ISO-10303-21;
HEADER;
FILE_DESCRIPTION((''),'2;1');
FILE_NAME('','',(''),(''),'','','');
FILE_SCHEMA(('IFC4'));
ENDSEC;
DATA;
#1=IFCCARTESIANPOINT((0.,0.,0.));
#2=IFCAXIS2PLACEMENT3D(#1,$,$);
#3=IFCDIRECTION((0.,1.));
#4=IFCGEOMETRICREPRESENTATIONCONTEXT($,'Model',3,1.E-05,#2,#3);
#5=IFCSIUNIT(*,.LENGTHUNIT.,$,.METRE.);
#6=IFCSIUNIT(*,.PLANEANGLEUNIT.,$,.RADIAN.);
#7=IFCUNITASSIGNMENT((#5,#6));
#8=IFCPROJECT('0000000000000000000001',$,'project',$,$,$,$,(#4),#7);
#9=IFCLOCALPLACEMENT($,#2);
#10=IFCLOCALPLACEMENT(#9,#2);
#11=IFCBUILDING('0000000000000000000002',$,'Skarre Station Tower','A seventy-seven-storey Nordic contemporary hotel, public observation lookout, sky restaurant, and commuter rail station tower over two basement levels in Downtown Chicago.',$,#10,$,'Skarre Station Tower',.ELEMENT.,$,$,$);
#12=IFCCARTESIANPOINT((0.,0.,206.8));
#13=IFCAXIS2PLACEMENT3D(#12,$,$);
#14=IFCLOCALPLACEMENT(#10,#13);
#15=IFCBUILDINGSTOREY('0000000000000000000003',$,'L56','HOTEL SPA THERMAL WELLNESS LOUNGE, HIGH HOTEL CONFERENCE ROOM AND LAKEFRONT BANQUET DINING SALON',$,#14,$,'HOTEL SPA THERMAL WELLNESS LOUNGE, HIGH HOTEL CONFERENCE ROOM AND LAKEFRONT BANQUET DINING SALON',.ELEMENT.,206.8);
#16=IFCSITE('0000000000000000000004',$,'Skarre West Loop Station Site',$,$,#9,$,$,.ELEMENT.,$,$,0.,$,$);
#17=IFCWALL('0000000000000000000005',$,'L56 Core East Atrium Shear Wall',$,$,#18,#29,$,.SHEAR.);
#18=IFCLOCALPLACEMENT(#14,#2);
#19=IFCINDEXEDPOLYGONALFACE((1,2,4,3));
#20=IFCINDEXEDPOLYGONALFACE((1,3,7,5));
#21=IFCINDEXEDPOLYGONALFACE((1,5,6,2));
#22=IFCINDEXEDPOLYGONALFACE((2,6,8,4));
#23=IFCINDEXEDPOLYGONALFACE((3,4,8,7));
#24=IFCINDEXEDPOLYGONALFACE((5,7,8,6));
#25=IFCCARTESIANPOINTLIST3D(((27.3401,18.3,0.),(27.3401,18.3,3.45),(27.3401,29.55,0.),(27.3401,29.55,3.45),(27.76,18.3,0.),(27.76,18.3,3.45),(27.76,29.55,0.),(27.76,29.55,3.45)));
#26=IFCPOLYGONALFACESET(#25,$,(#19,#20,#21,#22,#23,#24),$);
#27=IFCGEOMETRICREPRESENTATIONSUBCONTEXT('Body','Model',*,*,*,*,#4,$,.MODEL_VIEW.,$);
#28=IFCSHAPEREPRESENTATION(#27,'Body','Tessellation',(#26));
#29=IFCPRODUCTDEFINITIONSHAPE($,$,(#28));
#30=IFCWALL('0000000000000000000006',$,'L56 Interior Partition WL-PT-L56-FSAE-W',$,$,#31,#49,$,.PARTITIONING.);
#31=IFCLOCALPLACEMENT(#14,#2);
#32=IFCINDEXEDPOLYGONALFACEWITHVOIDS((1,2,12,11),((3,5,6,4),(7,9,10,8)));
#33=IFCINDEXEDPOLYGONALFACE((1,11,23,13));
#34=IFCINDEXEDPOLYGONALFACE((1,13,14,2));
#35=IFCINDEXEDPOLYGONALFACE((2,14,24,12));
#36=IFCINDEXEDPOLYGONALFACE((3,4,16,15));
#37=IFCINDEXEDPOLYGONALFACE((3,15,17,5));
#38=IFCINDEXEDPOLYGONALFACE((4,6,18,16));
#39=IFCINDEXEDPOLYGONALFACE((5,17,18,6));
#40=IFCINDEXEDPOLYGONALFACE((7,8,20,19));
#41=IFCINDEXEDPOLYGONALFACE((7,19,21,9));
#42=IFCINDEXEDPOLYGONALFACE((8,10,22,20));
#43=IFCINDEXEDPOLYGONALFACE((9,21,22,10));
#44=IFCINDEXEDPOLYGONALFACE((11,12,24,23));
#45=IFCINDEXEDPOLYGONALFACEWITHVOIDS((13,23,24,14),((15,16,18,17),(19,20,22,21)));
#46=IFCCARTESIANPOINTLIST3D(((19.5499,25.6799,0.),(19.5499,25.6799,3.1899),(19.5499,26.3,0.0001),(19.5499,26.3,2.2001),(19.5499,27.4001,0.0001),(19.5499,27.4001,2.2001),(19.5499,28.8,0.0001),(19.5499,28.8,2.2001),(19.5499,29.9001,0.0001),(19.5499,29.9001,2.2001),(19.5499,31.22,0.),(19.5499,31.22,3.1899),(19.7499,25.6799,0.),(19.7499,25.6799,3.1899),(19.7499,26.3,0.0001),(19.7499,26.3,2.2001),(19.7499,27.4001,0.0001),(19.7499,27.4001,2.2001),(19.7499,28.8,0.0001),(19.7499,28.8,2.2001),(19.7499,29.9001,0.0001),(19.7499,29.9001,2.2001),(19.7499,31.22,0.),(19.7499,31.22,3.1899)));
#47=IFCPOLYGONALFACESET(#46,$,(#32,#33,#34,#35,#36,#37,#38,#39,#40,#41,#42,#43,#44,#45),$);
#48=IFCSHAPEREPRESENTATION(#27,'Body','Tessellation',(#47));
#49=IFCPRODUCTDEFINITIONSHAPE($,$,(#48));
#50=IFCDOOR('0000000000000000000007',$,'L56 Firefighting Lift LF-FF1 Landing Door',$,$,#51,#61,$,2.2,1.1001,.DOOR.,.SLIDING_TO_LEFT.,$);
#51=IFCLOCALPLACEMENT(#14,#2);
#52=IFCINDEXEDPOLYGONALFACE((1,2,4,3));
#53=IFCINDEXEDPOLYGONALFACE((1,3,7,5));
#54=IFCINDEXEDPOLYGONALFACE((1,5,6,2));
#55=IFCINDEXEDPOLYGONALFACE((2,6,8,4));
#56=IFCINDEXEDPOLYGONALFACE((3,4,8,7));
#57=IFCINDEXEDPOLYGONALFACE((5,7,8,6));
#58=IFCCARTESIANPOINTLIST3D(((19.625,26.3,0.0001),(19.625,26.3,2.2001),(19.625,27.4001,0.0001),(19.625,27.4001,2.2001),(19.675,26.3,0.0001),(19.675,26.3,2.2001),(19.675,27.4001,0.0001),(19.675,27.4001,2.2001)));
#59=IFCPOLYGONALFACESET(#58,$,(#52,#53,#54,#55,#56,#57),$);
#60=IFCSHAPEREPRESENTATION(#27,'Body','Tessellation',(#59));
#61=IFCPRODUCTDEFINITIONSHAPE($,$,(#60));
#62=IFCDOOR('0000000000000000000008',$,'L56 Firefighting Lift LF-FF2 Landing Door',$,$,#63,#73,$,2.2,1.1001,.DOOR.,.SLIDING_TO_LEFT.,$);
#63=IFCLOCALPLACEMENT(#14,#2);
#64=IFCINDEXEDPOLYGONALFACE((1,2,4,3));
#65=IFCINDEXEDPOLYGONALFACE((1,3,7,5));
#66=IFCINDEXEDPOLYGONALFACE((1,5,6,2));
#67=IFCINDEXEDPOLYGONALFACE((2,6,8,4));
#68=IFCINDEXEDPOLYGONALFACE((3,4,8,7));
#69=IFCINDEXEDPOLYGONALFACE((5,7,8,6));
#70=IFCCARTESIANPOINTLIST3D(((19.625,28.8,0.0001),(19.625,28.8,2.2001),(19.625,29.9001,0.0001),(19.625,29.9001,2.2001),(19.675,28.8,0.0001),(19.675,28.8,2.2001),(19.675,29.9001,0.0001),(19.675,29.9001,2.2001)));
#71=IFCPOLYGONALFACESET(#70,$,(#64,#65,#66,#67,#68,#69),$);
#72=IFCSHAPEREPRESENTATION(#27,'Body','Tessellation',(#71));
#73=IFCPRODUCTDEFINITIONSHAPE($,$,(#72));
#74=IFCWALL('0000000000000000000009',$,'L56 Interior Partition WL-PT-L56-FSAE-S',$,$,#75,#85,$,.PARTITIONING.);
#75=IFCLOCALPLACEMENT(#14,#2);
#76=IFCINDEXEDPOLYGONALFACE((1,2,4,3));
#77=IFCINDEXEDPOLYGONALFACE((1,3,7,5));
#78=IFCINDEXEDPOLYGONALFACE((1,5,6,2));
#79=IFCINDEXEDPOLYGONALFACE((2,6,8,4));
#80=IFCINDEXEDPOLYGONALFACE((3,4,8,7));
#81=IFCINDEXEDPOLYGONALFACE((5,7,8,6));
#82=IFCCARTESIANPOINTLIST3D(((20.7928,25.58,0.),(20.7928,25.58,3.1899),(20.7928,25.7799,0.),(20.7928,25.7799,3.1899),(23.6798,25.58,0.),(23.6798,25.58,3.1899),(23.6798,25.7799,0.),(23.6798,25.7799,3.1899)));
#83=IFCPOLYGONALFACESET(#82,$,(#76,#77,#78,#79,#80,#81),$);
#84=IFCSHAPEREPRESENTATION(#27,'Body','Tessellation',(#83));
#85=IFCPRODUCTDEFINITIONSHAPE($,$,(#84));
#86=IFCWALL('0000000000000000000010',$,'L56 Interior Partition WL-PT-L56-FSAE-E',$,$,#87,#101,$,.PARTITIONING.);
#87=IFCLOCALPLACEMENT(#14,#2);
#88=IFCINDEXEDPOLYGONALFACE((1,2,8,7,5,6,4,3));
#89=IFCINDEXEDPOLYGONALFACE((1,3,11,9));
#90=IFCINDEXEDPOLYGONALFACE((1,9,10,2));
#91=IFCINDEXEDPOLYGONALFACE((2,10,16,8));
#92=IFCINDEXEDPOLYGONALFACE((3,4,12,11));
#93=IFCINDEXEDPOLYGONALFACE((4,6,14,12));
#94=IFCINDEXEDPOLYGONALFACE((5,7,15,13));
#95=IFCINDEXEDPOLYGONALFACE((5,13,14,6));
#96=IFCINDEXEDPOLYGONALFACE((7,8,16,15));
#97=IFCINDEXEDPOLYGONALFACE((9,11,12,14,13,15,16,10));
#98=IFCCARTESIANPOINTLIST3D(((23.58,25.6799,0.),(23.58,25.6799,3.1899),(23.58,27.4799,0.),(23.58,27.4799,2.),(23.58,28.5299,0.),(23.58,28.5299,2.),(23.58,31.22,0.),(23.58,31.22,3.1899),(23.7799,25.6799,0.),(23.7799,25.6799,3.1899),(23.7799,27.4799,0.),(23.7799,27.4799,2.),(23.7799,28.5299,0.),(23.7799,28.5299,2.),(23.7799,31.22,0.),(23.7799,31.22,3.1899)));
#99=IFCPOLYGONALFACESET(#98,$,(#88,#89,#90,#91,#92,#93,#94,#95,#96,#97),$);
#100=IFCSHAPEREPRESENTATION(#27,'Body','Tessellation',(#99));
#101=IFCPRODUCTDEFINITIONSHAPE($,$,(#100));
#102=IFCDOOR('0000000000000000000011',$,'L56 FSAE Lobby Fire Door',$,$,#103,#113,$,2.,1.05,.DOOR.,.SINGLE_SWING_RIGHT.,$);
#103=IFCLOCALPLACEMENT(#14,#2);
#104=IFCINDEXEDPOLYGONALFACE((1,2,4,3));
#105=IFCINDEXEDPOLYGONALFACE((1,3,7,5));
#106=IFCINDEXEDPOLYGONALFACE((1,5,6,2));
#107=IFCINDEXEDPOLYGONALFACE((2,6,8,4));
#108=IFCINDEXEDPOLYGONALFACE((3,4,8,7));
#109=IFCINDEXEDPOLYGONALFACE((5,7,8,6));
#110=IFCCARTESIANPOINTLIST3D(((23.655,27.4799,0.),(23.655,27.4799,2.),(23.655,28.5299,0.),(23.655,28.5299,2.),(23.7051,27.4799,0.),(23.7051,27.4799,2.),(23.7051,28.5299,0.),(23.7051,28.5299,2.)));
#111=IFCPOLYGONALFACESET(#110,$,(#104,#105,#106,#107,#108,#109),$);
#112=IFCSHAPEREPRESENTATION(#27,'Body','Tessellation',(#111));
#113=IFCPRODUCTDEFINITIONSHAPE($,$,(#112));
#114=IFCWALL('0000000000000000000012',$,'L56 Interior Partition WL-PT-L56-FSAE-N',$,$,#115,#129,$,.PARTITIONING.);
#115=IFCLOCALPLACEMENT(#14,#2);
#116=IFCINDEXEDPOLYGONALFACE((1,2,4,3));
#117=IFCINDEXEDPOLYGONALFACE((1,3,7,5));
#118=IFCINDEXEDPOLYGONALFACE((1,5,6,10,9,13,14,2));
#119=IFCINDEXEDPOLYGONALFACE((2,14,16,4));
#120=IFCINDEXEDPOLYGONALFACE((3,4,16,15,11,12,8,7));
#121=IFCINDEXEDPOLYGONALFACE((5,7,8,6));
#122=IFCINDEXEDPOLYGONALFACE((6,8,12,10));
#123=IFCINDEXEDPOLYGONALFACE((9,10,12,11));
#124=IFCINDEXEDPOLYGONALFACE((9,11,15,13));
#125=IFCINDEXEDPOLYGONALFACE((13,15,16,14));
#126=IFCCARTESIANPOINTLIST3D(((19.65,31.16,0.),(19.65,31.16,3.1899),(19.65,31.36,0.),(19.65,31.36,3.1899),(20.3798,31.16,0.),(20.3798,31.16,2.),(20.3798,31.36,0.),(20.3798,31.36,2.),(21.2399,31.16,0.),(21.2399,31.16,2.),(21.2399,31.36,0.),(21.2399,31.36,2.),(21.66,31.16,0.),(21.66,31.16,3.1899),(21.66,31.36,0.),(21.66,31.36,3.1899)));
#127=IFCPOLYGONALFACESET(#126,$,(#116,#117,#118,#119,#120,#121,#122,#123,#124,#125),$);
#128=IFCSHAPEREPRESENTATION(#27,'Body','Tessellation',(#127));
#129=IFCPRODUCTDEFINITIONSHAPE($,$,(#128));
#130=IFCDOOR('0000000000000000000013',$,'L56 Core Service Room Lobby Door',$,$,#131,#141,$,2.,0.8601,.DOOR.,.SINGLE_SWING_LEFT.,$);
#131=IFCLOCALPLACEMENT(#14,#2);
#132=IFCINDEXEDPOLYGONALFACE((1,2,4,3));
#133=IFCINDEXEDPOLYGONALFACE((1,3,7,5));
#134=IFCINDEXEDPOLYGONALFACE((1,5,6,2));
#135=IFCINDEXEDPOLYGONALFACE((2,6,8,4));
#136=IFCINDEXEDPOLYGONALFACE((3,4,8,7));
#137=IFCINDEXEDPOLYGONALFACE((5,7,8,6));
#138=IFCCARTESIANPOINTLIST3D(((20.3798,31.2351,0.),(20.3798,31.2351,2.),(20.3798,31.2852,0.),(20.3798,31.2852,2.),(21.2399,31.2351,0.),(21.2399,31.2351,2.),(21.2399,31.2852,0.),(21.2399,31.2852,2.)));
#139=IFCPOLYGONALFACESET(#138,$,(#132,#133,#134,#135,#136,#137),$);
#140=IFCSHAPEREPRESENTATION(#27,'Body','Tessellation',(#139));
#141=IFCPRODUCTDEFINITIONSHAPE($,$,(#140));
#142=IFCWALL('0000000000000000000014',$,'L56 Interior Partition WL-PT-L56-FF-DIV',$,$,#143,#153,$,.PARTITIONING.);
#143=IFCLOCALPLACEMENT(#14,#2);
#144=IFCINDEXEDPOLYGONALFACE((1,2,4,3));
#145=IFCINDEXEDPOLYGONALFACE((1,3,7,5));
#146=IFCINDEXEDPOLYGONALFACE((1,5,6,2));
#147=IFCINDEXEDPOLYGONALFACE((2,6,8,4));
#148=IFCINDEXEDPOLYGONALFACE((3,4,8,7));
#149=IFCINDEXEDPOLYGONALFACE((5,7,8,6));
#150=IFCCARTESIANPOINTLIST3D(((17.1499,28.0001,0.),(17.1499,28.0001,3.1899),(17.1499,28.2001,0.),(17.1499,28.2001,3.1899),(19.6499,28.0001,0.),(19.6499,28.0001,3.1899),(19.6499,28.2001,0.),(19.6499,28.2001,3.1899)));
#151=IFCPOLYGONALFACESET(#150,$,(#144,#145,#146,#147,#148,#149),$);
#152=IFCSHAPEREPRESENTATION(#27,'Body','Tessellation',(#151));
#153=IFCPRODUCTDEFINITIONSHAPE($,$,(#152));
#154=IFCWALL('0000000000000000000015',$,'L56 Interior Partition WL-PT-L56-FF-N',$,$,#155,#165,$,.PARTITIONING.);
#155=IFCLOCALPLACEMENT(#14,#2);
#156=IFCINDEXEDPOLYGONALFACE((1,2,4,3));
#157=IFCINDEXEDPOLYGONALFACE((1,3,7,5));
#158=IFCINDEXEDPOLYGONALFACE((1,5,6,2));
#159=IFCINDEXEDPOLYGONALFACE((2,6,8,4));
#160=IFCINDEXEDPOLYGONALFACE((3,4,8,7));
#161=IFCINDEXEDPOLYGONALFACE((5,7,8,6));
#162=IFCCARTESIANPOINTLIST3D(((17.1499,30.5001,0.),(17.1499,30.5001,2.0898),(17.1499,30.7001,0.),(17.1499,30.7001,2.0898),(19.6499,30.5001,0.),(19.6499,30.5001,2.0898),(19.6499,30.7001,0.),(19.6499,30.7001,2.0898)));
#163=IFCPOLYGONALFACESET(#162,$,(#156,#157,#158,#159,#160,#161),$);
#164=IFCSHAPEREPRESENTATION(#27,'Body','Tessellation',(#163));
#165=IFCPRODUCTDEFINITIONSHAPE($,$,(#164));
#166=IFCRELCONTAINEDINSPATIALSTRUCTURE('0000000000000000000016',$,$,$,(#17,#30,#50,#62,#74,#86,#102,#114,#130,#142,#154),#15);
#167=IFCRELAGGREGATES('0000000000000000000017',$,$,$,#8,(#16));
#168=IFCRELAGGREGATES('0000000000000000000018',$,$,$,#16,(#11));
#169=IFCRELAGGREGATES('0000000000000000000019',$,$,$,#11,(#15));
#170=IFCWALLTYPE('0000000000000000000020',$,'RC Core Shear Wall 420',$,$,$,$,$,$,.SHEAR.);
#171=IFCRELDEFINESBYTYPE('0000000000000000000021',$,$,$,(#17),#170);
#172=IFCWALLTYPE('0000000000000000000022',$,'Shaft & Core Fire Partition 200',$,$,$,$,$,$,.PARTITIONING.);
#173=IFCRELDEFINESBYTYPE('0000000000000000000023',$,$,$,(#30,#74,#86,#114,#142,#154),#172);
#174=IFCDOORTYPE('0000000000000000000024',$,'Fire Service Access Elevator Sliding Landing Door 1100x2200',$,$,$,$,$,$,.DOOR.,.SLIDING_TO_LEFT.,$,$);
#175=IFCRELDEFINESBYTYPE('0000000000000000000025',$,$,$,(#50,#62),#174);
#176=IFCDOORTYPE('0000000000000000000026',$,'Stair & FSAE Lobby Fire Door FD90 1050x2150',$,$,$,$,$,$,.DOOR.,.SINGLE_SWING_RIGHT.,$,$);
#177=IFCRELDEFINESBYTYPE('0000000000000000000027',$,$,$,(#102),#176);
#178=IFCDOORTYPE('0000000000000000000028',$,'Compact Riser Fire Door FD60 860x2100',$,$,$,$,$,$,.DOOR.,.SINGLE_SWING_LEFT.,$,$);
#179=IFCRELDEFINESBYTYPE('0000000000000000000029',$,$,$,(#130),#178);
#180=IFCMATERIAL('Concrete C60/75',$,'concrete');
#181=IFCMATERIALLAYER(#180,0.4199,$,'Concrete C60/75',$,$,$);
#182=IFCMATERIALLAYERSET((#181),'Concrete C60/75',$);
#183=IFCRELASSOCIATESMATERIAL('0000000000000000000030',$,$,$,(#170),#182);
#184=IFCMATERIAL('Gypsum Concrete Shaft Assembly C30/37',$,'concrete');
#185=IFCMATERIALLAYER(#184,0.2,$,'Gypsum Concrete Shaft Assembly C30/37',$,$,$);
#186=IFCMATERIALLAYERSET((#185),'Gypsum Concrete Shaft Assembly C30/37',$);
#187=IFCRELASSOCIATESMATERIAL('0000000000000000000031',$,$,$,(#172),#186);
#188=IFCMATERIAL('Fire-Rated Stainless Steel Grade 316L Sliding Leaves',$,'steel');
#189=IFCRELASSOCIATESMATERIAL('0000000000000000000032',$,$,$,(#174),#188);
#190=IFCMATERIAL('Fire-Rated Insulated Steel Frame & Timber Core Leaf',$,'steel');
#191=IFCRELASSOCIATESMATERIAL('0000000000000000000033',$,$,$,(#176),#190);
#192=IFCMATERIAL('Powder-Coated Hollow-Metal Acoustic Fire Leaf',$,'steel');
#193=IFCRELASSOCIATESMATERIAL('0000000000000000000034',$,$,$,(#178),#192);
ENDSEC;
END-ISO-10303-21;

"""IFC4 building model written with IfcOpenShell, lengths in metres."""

from ifc_helpers import new_model, si_unit, direction, frame, frame_2d, origin, place, context, subcontext, project, spatial, rectangle, extrude, material, layer, layer_set, type_object, element, fill, save


model = new_model("IFC4")

# Units and contexts
model_context = context("Model", 3, precision=1e-05, world=origin(), true_north=direction((0.0, 1.0)))
body_context = subcontext(model_context, "Body", "Model", "MODEL_VIEW")
ifc_project = project(units=[si_unit("LENGTHUNIT", "METRE"), si_unit("PLANEANGLEUNIT", "RADIAN")], contexts=[model_context])

# Site, building, storey
site_placement = place(None, origin())
site = spatial("IfcSite", under=ifc_project, at=site_placement, Name="Skarre West Loop Station Site", CompositionType="ELEMENT", RefElevation=0.0)
building_placement = place(site_placement, origin())
building = spatial("IfcBuilding", under=site, at=building_placement, Name="Skarre Station Tower", Description="A seventy-seven-storey Nordic contemporary hotel, public observation lookout, sky restaurant, and commuter rail station tower over two basement levels in Downtown Chicago.", LongName="Skarre Station Tower", CompositionType="ELEMENT")
storey_placement = place(building_placement, frame((0.0, 0.0, 206.8)))
storey = spatial("IfcBuildingStorey", under=building, at=storey_placement, Name="L56", Description="HOTEL SPA THERMAL WELLNESS LOUNGE, HIGH HOTEL CONFERENCE ROOM AND LAKEFRONT BANQUET DINING SALON", LongName="HOTEL SPA THERMAL WELLNESS LOUNGE, HIGH HOTEL CONFERENCE ROOM AND LAKEFRONT BANQUET DINING SALON", CompositionType="ELEMENT", Elevation=206.8)

# Shared definitions
ifc_material_1 = material(Name="Concrete C60/75", Category="concrete")

# Shared definitions
ifc_material_2 = material(Name="Powder-Coated Hollow-Metal Acoustic Fire Leaf", Category="steel")

# Wall
ifc_layer_1 = layer(ifc_material_1, 0.4199, Name="Concrete C60/75")
ifc_layer_set_1 = layer_set([ifc_layer_1], Name="Concrete C60/75")
wall_type_1 = type_object("IfcWallType", Name="RC Core Shear Wall 420", PredefinedType="SHEAR", material=ifc_layer_set_1)
wall_1_placement = place(storey_placement, frame((27.55, 29.55, 0.0), z_axis=(0.0, 0.0, 1.0), x_axis=(0.0, -1.0, 0.0)))
element("IfcWall", 1, at=wall_1_placement, inside=storey, type_object=wall_type_1, Name="L56 Core East Atrium Shear Wall", PredefinedType="SHEAR", context=body_context, shape_type="SweptSolid", body=[
    extrude(rectangle(XDim=11.25, YDim=0.4199, at=frame_2d((5.625, 0.0))), origin(), (0.0, 0.0, 1.0), 3.45),
])

# Wall, openings, doors
ifc_material_3 = material(Name="Gypsum Concrete Shaft Assembly C30/37", Category="concrete")
ifc_layer_2 = layer(ifc_material_3, 0.2, Name="Gypsum Concrete Shaft Assembly C30/37")
ifc_layer_set_2 = layer_set([ifc_layer_2], Name="Gypsum Concrete Shaft Assembly C30/37")
wall_type_2 = type_object("IfcWallType", Name="Shaft & Core Fire Partition 200", PredefinedType="PARTITIONING", material=ifc_layer_set_2)
wall_2_placement = place(storey_placement, frame((19.6499, 25.6799, 0.0), z_axis=(0.0, 0.0, 1.0), x_axis=(0.0, 1.0, 0.0)))
wall_2 = element("IfcWall", 2, at=wall_2_placement, inside=storey, type_object=wall_type_2, Name="L56 Interior Partition WL-PT-L56-FSAE-W", PredefinedType="PARTITIONING", context=body_context, shape_type="SweptSolid", body=[
    extrude(rectangle(XDim=5.54, YDim=0.2, at=frame_2d((2.77, 0.0))), origin(), (0.0, 0.0, 1.0), 3.1899),
])
opening_1_placement = place(wall_2_placement, frame((0.6201, 0.0, 0.0)))
opening_1 = element("IfcOpeningElement", 3, at=opening_1_placement, cuts=wall_2, PredefinedType="OPENING", context=body_context, shape_type="SweptSolid", body=[
    extrude(rectangle(XDim=1.1001, YDim=2.2, at=frame_2d((0.55, 1.1001))), frame((0.0, 0.1099, 0.0), z_axis=(0.0, -1.0, 0.0), x_axis=(1.0, 0.0, 0.0)), (0.0, 0.0, 1.0), 0.22),
])
opening_2_placement = place(wall_2_placement, frame((3.1201, 0.0, 0.0)))
opening_2 = element("IfcOpeningElement", 4, at=opening_2_placement, cuts=wall_2, PredefinedType="OPENING", context=body_context, shape_type="SweptSolid", body=[
    extrude(rectangle(XDim=1.1001, YDim=2.2, at=frame_2d((0.55, 1.1001))), frame((0.0, 0.1099, 0.0), z_axis=(0.0, -1.0, 0.0), x_axis=(1.0, 0.0, 0.0)), (0.0, 0.0, 1.0), 0.22),
])
ifc_material_4 = material(Name="Fire-Rated Stainless Steel Grade 316L Sliding Leaves", Category="steel")
door_type_1 = type_object("IfcDoorType", Name="Fire Service Access Elevator Sliding Landing Door 1100x2200", OperationType="SLIDING_TO_LEFT", PredefinedType="DOOR", material=ifc_material_4)
door_1_placement = place(opening_1_placement, origin())
door_1 = element("IfcDoor", 5, at=door_1_placement, inside=storey, type_object=door_type_1, Name="L56 Firefighting Lift LF-FF1 Landing Door", OperationType="SLIDING_TO_LEFT", OverallHeight=2.2, OverallWidth=1.1001, PredefinedType="DOOR", context=body_context, shape_type="SweptSolid", body=[
    extrude(rectangle(XDim=1.1001, YDim=2.2, at=frame_2d((0.55, 1.1001))), frame((0.0, 0.0249, 0.0), z_axis=(0.0, -1.0, 0.0), x_axis=(1.0, 0.0, 0.0)), (0.0, 0.0, 1.0), 0.05),
])
fill(opening_1, door_1)
door_2_placement = place(opening_2_placement, origin())
door_2 = element("IfcDoor", 6, at=door_2_placement, inside=storey, type_object=door_type_1, Name="L56 Firefighting Lift LF-FF2 Landing Door", OperationType="SLIDING_TO_LEFT", OverallHeight=2.2, OverallWidth=1.1001, PredefinedType="DOOR", context=body_context, shape_type="SweptSolid", body=[
    extrude(rectangle(XDim=1.1001, YDim=2.2, at=frame_2d((0.55, 1.1001))), frame((0.0, 0.0249, 0.0), z_axis=(0.0, -1.0, 0.0), x_axis=(1.0, 0.0, 0.0)), (0.0, 0.0, 1.0), 0.05),
])
fill(opening_2, door_2)

# Wall
wall_3_placement = place(storey_placement, frame((20.793, 25.6799, 0.0), z_axis=(0.0, 0.0, 1.0), x_axis=(1.0, 0.0, 0.0)))
element("IfcWall", 7, at=wall_3_placement, inside=storey, type_object=wall_type_2, Name="L56 Interior Partition WL-PT-L56-FSAE-S", PredefinedType="PARTITIONING", context=body_context, shape_type="SweptSolid", body=[
    extrude(rectangle(XDim=2.887, YDim=0.2, at=frame_2d((1.4434, 0.0))), origin(), (0.0, 0.0, 1.0), 3.1899),
])

# Walls, openings, doors
wall_4_placement = place(storey_placement, frame((23.6799, 25.6799, 0.0), z_axis=(0.0, 0.0, 1.0), x_axis=(0.0, 1.0, 0.0)))
wall_4 = element("IfcWall", 8, at=wall_4_placement, inside=storey, type_object=wall_type_2, Name="L56 Interior Partition WL-PT-L56-FSAE-E", PredefinedType="PARTITIONING", context=body_context, shape_type="SweptSolid", body=[
    extrude(rectangle(XDim=5.54, YDim=0.2, at=frame_2d((2.77, 0.0))), origin(), (0.0, 0.0, 1.0), 3.1899),
])
opening_3_placement = place(wall_4_placement, frame((1.8, 0.0, 0.0)))
opening_3 = element("IfcOpeningElement", 9, at=opening_3_placement, cuts=wall_4, PredefinedType="OPENING", context=body_context, shape_type="SweptSolid", body=[
    extrude(rectangle(XDim=1.05, YDim=2.0, at=frame_2d((0.5249, 1.0))), frame((0.0, 0.1099, 0.0), z_axis=(0.0, -1.0, 0.0), x_axis=(1.0, 0.0, 0.0)), (0.0, 0.0, 1.0), 0.22),
])
ifc_material_5 = material(Name="Fire-Rated Insulated Steel Frame & Timber Core Leaf", Category="steel")
door_type_2 = type_object("IfcDoorType", Name="Stair & FSAE Lobby Fire Door FD90 1050x2150", OperationType="SINGLE_SWING_RIGHT", PredefinedType="DOOR", material=ifc_material_5)
door_3_placement = place(opening_3_placement, origin())
door_3 = element("IfcDoor", 10, at=door_3_placement, inside=storey, type_object=door_type_2, Name="L56 FSAE Lobby Fire Door", OperationType="SINGLE_SWING_RIGHT", OverallHeight=2.0, OverallWidth=1.05, PredefinedType="DOOR", context=body_context, shape_type="SweptSolid", body=[
    extrude(rectangle(XDim=1.05, YDim=2.0, at=frame_2d((0.5249, 1.0))), frame((0.0, 0.0249, 0.0), z_axis=(0.0, -1.0, 0.0), x_axis=(1.0, 0.0, 0.0)), (0.0, 0.0, 1.0), 0.05),
])
fill(opening_3, door_3)
wall_5_placement = place(storey_placement, frame((21.6599, 31.26, 0.0), z_axis=(0.0, 0.0, 1.0), x_axis=(-1.0, 0.0, 0.0)))
wall_5 = element("IfcWall", 11, at=wall_5_placement, inside=storey, type_object=wall_type_2, Name="L56 Interior Partition WL-PT-L56-FSAE-N", PredefinedType="PARTITIONING", context=body_context, shape_type="SweptSolid", body=[
    extrude(rectangle(XDim=2.01, YDim=0.2, at=frame_2d((1.0049, 0.0))), origin(), (0.0, 0.0, 1.0), 3.1899),
])
opening_4_placement = place(wall_5_placement, frame((0.4199, 0.0, 0.0)))
opening_4 = element("IfcOpeningElement", 12, at=opening_4_placement, cuts=wall_5, PredefinedType="OPENING", context=body_context, shape_type="SweptSolid", body=[
    extrude(rectangle(XDim=0.8601, YDim=2.0, at=frame_2d((0.4302, 1.0))), frame((0.0, 0.1099, 0.0), z_axis=(0.0, -1.0, 0.0), x_axis=(1.0, 0.0, 0.0)), (0.0, 0.0, 1.0), 0.22),
])
door_type_3 = type_object("IfcDoorType", Name="Compact Riser Fire Door FD60 860x2100", OperationType="SINGLE_SWING_LEFT", PredefinedType="DOOR", material=ifc_material_2)
door_4_placement = place(opening_4_placement, origin())
door_4 = element("IfcDoor", 13, at=door_4_placement, inside=storey, type_object=door_type_3, Name="L56 Core Service Room Lobby Door", OperationType="SINGLE_SWING_LEFT", OverallHeight=2.0, OverallWidth=0.8601, PredefinedType="DOOR", context=body_context, shape_type="SweptSolid", body=[
    extrude(rectangle(XDim=0.8601, YDim=2.0, at=frame_2d((0.4302, 1.0))), frame((0.0, 0.0249, 0.0), z_axis=(0.0, -1.0, 0.0), x_axis=(1.0, 0.0, 0.0)), (0.0, 0.0, 1.0), 0.05),
])
fill(opening_4, door_4)

# Walls
wall_6_placement = place(storey_placement, frame((17.1499, 28.1001, 0.0), z_axis=(0.0, 0.0, 1.0), x_axis=(1.0, 0.0, 0.0)))
element("IfcWall", 14, at=wall_6_placement, inside=storey, type_object=wall_type_2, Name="L56 Interior Partition WL-PT-L56-FF-DIV", PredefinedType="PARTITIONING", context=body_context, shape_type="SweptSolid", body=[
    extrude(rectangle(XDim=2.5, YDim=0.2, at=frame_2d((1.25, 0.0))), origin(), (0.0, 0.0, 1.0), 3.1899),
])
wall_7_placement = place(storey_placement, frame((19.6499, 30.6001, 0.0), z_axis=(0.0, 0.0, 1.0), x_axis=(-1.0, 0.0, 0.0)))
element("IfcWall", 15, at=wall_7_placement, inside=storey, type_object=wall_type_2, Name="L56 Interior Partition WL-PT-L56-FF-N", PredefinedType="PARTITIONING", context=body_context, shape_type="SweptSolid", body=[
    extrude(rectangle(XDim=2.5, YDim=0.2, at=frame_2d((1.25, 0.0))), origin(), (0.0, 0.0, 1.0), 2.0898),
])

save(model, "model.ifc")
